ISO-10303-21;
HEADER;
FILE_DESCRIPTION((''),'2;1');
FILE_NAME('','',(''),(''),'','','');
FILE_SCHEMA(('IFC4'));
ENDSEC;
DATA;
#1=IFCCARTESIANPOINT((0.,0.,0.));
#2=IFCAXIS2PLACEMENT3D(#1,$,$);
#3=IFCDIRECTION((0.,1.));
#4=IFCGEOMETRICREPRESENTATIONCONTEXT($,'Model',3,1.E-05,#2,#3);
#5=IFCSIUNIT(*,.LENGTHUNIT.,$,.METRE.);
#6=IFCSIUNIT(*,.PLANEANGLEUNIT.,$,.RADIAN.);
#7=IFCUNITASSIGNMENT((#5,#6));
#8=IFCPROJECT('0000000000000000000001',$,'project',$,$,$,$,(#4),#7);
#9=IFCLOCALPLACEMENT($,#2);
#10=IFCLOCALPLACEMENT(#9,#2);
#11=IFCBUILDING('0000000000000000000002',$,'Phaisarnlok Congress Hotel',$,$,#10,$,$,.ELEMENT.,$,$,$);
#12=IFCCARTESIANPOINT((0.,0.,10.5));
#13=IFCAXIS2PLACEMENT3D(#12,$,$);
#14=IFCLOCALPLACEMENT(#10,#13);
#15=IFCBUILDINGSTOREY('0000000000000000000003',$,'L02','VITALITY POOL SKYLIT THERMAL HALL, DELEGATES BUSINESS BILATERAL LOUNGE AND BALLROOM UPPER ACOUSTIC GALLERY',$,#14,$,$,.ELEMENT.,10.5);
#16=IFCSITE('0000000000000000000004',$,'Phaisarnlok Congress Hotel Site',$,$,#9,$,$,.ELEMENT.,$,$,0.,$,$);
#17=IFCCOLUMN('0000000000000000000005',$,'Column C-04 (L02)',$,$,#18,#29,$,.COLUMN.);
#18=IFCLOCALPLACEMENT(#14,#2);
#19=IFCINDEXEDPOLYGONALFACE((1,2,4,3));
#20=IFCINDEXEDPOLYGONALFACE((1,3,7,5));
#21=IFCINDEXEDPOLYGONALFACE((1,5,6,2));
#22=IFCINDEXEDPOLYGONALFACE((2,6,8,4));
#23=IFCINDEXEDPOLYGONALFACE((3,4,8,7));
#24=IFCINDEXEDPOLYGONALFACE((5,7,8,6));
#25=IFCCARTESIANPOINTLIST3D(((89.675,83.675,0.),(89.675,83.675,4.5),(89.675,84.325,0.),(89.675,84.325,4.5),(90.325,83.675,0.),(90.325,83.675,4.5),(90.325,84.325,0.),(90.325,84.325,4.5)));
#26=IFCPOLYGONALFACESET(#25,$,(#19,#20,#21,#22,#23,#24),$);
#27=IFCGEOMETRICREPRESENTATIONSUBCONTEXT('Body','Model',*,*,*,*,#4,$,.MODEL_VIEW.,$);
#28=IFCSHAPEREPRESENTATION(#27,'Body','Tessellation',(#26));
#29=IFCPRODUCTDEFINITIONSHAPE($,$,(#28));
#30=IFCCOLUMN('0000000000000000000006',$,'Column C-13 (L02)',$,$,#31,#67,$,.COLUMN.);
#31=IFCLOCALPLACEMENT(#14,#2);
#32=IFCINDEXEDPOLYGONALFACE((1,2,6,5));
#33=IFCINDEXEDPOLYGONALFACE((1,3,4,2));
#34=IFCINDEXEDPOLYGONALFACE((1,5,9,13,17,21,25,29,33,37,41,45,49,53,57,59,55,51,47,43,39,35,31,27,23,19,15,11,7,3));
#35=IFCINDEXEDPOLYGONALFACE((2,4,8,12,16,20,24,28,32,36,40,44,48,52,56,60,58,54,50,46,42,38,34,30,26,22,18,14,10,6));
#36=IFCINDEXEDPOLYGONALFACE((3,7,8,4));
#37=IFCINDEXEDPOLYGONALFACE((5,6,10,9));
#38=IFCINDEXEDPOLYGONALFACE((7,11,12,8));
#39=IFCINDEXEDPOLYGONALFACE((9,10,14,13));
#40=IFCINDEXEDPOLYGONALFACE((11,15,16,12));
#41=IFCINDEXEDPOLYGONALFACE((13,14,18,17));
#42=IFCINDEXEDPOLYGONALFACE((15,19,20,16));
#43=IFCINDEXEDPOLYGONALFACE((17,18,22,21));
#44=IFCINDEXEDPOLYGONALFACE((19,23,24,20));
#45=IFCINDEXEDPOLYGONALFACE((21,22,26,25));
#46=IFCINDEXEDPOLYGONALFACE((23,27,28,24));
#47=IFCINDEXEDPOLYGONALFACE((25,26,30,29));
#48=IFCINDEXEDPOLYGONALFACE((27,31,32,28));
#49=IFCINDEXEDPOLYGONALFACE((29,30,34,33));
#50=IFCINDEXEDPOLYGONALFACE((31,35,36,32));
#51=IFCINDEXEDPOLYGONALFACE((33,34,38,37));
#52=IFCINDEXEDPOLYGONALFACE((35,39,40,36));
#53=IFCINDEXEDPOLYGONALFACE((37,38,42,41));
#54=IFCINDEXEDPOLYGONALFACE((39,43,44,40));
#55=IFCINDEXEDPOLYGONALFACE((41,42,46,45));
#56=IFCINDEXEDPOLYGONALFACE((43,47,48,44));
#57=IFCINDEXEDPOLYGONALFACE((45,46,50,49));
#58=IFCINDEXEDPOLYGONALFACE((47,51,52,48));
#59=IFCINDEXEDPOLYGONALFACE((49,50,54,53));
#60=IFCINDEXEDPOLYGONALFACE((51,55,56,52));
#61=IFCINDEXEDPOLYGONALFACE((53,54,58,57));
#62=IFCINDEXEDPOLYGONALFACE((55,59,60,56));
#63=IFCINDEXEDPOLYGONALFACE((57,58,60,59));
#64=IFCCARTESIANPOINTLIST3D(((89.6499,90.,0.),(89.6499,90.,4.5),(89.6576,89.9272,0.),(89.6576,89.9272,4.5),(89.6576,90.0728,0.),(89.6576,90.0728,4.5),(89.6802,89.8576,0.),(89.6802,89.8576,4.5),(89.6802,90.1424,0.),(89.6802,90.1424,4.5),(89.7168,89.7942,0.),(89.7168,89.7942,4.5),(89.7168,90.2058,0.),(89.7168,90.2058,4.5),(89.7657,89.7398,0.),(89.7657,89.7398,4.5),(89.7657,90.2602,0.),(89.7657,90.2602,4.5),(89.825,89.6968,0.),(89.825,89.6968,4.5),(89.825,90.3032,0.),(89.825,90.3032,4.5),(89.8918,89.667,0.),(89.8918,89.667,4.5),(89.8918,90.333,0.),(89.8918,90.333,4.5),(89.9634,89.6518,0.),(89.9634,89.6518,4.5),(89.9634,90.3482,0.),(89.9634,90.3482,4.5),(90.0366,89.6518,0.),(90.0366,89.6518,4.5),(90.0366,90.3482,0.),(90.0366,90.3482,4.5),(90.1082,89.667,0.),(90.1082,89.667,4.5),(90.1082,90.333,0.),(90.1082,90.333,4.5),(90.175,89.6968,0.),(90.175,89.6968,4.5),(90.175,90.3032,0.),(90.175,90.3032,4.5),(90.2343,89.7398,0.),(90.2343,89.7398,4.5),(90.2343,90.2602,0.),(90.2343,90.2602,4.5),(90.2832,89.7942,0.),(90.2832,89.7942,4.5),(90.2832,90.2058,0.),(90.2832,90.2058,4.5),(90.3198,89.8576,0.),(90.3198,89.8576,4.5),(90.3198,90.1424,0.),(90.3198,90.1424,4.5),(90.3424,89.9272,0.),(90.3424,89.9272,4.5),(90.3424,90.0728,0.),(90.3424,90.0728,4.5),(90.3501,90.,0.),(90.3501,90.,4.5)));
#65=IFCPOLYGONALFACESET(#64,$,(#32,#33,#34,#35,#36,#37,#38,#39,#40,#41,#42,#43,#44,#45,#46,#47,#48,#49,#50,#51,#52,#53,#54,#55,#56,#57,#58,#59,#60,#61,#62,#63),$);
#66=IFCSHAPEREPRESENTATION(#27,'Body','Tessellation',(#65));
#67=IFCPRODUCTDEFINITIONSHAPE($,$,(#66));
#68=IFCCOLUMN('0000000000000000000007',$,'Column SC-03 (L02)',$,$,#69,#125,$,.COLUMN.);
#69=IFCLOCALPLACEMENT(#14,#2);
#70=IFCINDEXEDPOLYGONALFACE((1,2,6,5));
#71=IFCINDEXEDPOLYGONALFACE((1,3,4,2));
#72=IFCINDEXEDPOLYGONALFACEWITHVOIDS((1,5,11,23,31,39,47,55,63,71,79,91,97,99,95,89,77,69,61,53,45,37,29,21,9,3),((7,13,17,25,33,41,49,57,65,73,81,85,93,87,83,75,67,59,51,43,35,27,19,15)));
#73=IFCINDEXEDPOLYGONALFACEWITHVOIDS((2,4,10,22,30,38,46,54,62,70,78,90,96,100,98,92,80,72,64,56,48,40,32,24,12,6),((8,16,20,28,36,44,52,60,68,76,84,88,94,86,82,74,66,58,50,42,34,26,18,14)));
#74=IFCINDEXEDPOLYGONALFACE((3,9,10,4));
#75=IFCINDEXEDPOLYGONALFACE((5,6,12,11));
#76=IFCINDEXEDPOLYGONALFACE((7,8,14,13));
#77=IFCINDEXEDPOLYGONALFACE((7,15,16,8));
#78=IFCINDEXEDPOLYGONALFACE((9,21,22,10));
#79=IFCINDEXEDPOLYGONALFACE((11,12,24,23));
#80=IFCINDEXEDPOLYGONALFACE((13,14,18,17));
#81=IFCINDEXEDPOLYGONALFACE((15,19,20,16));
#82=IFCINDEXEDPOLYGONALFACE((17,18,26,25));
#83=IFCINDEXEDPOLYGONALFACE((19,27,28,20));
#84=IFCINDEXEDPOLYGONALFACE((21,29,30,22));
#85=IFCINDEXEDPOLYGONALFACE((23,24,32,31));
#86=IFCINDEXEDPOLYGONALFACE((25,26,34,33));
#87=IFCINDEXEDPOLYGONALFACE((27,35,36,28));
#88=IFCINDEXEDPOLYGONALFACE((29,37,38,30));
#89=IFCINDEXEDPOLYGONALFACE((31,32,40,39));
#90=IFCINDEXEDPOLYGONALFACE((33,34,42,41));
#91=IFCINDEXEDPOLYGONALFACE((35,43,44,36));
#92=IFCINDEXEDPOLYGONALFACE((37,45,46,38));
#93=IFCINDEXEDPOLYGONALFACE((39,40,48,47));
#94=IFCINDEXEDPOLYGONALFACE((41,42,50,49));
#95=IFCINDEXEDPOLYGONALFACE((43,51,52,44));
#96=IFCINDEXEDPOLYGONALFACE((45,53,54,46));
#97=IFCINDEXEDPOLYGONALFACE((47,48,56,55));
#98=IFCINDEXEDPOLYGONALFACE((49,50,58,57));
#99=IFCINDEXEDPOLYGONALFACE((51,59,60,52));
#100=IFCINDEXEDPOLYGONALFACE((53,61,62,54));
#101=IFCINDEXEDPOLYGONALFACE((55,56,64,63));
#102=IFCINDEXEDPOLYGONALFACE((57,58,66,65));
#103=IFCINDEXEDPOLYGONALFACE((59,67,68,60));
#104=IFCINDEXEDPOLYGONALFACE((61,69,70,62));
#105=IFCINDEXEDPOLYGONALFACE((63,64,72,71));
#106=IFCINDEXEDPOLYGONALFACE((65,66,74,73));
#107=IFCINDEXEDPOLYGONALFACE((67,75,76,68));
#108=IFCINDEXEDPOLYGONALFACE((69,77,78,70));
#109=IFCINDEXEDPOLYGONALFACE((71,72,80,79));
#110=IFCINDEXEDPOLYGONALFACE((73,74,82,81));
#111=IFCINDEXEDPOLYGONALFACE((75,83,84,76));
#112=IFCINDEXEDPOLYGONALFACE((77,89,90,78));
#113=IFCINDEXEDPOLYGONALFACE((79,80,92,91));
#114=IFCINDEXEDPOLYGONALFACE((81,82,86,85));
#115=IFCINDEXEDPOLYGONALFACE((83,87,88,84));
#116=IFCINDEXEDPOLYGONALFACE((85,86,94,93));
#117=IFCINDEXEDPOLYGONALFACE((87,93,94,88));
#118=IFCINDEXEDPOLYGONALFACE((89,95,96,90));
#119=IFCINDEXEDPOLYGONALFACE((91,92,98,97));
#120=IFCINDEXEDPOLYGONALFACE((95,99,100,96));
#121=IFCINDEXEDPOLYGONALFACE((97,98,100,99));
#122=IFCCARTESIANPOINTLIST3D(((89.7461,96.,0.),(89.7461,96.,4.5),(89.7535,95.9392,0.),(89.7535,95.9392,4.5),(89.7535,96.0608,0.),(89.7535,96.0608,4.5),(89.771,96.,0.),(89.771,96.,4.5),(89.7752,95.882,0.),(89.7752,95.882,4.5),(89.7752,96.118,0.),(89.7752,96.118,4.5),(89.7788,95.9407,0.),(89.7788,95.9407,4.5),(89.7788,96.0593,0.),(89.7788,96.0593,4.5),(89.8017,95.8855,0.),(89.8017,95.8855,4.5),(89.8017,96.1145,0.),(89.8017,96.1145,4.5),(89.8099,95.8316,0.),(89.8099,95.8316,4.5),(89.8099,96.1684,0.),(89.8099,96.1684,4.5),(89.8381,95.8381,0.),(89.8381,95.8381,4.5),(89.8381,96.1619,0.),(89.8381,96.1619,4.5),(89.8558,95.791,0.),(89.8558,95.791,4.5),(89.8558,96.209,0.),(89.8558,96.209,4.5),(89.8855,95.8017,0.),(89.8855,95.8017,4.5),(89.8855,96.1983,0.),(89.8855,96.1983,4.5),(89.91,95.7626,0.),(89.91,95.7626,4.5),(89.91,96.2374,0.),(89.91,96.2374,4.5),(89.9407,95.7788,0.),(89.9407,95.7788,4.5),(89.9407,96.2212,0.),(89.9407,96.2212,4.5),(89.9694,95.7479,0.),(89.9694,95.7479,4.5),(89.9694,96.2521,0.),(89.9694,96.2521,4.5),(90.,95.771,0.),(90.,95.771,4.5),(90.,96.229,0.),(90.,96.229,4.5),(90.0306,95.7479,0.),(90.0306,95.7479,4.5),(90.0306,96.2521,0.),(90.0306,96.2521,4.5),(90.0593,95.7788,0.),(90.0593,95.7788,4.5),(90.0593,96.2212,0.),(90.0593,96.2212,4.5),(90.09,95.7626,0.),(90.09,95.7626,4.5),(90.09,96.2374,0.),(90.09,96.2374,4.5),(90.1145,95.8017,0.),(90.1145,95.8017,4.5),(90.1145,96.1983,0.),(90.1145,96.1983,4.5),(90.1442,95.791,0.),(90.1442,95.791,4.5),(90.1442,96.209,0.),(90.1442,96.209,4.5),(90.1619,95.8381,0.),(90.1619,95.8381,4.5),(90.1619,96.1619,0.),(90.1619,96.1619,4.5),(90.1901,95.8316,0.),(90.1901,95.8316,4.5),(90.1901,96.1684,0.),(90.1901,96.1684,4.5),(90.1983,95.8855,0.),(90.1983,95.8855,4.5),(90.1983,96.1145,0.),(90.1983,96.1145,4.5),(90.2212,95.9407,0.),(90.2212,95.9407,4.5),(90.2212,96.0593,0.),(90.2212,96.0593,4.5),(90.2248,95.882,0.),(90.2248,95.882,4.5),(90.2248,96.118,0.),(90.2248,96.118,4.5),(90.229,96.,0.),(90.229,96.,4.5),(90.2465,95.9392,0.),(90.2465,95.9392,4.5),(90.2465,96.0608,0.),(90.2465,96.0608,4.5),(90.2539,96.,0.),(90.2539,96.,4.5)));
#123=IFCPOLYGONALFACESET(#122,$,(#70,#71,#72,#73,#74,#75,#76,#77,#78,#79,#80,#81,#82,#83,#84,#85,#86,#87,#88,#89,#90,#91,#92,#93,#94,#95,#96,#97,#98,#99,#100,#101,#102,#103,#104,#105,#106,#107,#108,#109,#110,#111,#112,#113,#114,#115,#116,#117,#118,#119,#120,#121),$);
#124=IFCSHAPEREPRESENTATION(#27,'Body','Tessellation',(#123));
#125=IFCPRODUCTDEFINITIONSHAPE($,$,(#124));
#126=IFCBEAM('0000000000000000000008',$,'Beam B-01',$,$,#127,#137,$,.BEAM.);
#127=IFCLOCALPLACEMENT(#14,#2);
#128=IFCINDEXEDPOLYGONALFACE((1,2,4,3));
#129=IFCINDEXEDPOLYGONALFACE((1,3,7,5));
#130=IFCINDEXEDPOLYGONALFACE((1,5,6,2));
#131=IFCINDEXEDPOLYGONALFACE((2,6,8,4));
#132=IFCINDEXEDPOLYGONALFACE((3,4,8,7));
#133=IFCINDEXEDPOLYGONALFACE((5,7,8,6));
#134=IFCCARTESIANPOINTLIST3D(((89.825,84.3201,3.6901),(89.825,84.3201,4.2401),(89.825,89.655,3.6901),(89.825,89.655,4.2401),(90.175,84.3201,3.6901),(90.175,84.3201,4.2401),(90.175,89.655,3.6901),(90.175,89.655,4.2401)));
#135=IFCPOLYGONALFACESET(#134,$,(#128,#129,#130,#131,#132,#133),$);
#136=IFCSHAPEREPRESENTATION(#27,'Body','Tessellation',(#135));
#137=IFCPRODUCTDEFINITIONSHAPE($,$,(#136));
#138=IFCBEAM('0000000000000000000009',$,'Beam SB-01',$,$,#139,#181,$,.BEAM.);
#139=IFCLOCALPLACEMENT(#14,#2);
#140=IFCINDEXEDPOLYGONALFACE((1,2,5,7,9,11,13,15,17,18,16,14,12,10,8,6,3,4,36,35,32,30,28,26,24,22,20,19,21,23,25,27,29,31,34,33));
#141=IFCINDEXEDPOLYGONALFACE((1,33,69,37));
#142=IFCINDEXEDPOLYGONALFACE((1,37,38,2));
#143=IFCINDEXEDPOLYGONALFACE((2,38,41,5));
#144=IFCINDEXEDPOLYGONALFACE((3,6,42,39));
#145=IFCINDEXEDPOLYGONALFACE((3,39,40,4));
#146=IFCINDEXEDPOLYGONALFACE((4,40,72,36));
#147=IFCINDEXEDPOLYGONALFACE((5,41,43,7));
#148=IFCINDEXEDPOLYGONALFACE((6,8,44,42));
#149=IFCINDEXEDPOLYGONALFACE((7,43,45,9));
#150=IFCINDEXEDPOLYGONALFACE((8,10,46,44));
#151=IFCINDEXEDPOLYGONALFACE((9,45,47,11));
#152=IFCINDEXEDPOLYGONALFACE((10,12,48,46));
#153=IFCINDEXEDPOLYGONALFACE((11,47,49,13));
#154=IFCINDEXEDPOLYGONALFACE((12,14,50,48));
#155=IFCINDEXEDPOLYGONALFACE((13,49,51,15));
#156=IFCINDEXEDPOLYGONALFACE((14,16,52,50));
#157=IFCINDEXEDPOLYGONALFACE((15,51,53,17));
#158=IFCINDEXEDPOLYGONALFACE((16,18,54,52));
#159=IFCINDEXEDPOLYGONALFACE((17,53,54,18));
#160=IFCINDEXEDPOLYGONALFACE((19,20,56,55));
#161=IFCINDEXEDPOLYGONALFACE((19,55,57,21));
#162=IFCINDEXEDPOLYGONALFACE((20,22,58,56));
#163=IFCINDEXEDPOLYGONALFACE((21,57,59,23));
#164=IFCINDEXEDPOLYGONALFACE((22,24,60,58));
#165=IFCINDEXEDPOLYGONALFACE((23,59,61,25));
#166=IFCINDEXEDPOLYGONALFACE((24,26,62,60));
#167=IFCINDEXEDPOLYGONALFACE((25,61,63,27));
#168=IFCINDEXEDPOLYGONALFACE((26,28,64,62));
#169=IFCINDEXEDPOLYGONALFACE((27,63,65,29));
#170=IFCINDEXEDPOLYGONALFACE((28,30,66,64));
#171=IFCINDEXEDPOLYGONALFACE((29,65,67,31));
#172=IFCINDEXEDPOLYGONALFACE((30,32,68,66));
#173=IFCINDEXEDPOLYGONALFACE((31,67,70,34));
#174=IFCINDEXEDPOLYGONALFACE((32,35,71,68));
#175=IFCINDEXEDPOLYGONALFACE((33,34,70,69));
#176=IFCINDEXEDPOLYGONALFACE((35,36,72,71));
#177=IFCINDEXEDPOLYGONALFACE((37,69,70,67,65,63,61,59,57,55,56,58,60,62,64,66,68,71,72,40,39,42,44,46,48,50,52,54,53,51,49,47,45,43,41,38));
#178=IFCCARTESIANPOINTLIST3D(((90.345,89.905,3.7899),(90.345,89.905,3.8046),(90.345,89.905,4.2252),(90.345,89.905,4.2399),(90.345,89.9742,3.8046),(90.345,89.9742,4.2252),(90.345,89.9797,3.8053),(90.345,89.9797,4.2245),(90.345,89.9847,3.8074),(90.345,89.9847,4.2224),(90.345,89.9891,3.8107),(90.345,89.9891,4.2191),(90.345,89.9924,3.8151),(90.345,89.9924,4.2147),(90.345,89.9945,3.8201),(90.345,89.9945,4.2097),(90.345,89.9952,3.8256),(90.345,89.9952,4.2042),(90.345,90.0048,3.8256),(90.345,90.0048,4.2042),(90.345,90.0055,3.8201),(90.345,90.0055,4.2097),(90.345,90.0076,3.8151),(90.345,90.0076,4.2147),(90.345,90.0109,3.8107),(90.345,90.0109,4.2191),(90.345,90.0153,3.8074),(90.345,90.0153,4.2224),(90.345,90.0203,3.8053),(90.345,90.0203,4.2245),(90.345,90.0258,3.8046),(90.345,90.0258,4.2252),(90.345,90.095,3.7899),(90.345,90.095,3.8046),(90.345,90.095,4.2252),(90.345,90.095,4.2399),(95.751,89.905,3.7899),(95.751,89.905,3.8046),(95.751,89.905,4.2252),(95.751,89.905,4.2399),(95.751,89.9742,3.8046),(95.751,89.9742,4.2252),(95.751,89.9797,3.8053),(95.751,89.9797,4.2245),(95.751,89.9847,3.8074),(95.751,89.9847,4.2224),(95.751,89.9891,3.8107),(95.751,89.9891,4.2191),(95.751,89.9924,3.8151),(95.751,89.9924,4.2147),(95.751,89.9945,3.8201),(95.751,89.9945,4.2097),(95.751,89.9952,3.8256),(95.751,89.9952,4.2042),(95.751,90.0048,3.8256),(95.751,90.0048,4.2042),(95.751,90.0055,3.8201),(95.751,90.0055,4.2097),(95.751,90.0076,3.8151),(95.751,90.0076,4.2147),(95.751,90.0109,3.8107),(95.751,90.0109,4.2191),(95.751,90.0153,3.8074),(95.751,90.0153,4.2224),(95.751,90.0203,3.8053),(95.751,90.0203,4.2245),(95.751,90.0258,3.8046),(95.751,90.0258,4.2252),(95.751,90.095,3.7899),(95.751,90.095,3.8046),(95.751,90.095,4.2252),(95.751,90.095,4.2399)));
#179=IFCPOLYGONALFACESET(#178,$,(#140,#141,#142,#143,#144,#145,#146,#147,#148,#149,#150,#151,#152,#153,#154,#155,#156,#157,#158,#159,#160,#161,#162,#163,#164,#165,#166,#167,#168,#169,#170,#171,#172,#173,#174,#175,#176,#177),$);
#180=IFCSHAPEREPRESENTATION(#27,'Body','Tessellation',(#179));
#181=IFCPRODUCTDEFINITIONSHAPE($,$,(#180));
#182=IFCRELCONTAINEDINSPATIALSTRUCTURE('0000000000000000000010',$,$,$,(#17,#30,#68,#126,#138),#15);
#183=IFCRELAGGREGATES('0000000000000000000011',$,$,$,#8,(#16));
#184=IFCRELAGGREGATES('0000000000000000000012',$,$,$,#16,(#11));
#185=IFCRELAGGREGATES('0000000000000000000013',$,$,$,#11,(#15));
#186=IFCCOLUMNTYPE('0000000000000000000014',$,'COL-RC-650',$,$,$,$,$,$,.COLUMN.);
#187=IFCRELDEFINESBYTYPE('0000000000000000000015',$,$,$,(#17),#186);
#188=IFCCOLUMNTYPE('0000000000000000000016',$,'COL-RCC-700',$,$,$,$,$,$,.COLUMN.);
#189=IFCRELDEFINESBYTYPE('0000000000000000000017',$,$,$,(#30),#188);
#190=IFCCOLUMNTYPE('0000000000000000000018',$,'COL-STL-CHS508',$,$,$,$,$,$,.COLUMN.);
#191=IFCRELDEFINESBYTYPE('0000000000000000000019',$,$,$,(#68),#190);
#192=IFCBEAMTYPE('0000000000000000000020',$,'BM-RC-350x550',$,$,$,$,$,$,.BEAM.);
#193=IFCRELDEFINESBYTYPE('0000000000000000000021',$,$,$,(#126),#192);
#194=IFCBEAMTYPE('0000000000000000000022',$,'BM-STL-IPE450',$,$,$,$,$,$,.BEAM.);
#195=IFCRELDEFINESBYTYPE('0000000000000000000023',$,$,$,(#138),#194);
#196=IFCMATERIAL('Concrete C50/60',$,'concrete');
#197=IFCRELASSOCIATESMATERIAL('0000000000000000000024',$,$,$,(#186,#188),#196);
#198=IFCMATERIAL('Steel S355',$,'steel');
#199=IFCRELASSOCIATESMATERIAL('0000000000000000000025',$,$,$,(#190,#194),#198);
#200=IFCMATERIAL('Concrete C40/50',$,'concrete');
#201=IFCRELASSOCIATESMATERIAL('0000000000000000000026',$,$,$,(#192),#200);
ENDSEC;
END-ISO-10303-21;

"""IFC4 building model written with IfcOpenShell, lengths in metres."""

from ifc_helpers import new_model, si_unit, direction, frame, origin, origin_2d, place, context, subcontext, project, spatial, rectangle, circle, hollow_circle, i_section, extrude, material, material_profile, profile_set, type_object, element, save


model = new_model("IFC4")

# Units and contexts
model_context = context("Model", 3, precision=1e-05, world=origin(), true_north=direction((0.0, 1.0)))
body_context = subcontext(model_context, "Body", "Model", "MODEL_VIEW")
ifc_project = project(units=[si_unit("LENGTHUNIT", "METRE"), si_unit("PLANEANGLEUNIT", "RADIAN")], contexts=[model_context])

# Site, building, storey
site_placement = place(None, origin())
site = spatial("IfcSite", under=ifc_project, at=site_placement, Name="Phaisarnlok Congress Hotel Site", CompositionType="ELEMENT", RefElevation=0.0)
building_placement = place(site_placement, origin())
building = spatial("IfcBuilding", under=site, at=building_placement, Name="Phaisarnlok Congress Hotel", CompositionType="ELEMENT")
storey_placement = place(building_placement, frame((0.0, 0.0, 10.5)))
storey = spatial("IfcBuildingStorey", under=building, at=storey_placement, Name="L02", Description="VITALITY POOL SKYLIT THERMAL HALL, DELEGATES BUSINESS BILATERAL LOUNGE AND BALLROOM UPPER ACOUSTIC GALLERY", CompositionType="ELEMENT", Elevation=10.5)

# Columns
ifc_material_1 = material(Name="Concrete C50/60", Category="concrete")
ifc_material_profile_1 = material_profile(ifc_material_1, rectangle(XDim=0.6499, YDim=0.6499, at=origin_2d()), Name="RC 650x650")
ifc_profile_set_1 = profile_set([ifc_material_profile_1], Name="Concrete C50/60")
column_type_1 = type_object("IfcColumnType", Name="COL-RC-650", PredefinedType="COLUMN", material=ifc_profile_set_1)
column_1_placement = place(storey_placement, frame((90.0, 84.0, 0.0), z_axis=(0.0, 0.0, 1.0), x_axis=(1.0, 0.0, 0.0)))
element("IfcColumn", 1, at=column_1_placement, inside=storey, type_object=column_type_1, Name="Column C-04 (L02)", PredefinedType="COLUMN", context=body_context, shape_type="SweptSolid", body=[
    extrude(rectangle(XDim=0.6499, YDim=0.6499, at=origin_2d()), origin(), (0.0, 0.0, 1.0), 4.5),
])
ifc_material_profile_2 = material_profile(ifc_material_1, circle(Radius=0.3501, at=origin_2d()), Name="RCC D700")
ifc_profile_set_2 = profile_set([ifc_material_profile_2], Name="Concrete C50/60")
column_type_2 = type_object("IfcColumnType", Name="COL-RCC-700", PredefinedType="COLUMN", material=ifc_profile_set_2)
column_2_placement = place(storey_placement, frame((90.0, 90.0, 0.0), z_axis=(0.0, 0.0, 1.0), x_axis=(1.0, 0.0, 0.0)))
element("IfcColumn", 2, at=column_2_placement, inside=storey, type_object=column_type_2, Name="Column C-13 (L02)", PredefinedType="COLUMN", context=body_context, shape_type="SweptSolid", body=[
    extrude(circle(Radius=0.3501, at=origin_2d()), origin(), (0.0, 0.0, 1.0), 4.5),
])
ifc_material_2 = material(Name="Steel S355", Category="steel")
ifc_material_profile_3 = material_profile(ifc_material_2, hollow_circle(Radius=0.2539, WallThickness=0.0249, at=origin_2d()), Name="CHS 508x25")
ifc_profile_set_3 = profile_set([ifc_material_profile_3], Name="Steel S355")
column_type_3 = type_object("IfcColumnType", Name="COL-STL-CHS508", PredefinedType="COLUMN", material=ifc_profile_set_3)
column_3_placement = place(storey_placement, frame((90.0, 96.0, 0.0), z_axis=(0.0, 0.0, 1.0), x_axis=(1.0, 0.0, 0.0)))
element("IfcColumn", 3, at=column_3_placement, inside=storey, type_object=column_type_3, Name="Column SC-03 (L02)", PredefinedType="COLUMN", context=body_context, shape_type="SweptSolid", body=[
    extrude(hollow_circle(Radius=0.2539, WallThickness=0.0249, at=origin_2d()), origin(), (0.0, 0.0, 1.0), 4.5),
])

# Beams
ifc_material_3 = material(Name="Concrete C40/50", Category="concrete")
ifc_material_profile_4 = material_profile(ifc_material_3, rectangle(XDim=0.3501, YDim=0.55, at=origin_2d()), Name="RC 350x550")
ifc_profile_set_4 = profile_set([ifc_material_profile_4], Name="Concrete C40/50")
beam_type_1 = type_object("IfcBeamType", Name="BM-RC-350x550", PredefinedType="BEAM", material=ifc_profile_set_4)
beam_1_placement = place(storey_placement, frame((90.0, 84.3201, 3.9651), z_axis=(0.0, 1.0, 0.0), x_axis=(-1.0, 0.0, 0.0)))
element("IfcBeam", 4, at=beam_1_placement, inside=storey, type_object=beam_type_1, Name="Beam B-01", PredefinedType="BEAM", context=body_context, shape_type="SweptSolid", body=[
    extrude(rectangle(XDim=0.3501, YDim=0.55, at=origin_2d()), origin(), (0.0, 0.0, 1.0), 5.335),
])
ifc_material_profile_5 = material_profile(ifc_material_2, i_section(OverallWidth=0.1899, OverallDepth=0.45, WebThickness=0.0095, FlangeThickness=0.0146, FilletRadius=0.021, at=origin_2d()), Name="IPE 450")
ifc_profile_set_5 = profile_set([ifc_material_profile_5], Name="Steel S355")
beam_type_2 = type_object("IfcBeamType", Name="BM-STL-IPE450", PredefinedType="BEAM", material=ifc_profile_set_5)
beam_2_placement = place(storey_placement, frame((90.345, 90.0, 4.0149), z_axis=(1.0, 0.0, 0.0), x_axis=(0.0, 1.0, 0.0)))
element("IfcBeam", 5, at=beam_2_placement, inside=storey, type_object=beam_type_2, Name="Beam SB-01", PredefinedType="BEAM", context=body_context, shape_type="SweptSolid", body=[
    extrude(i_section(OverallWidth=0.1899, OverallDepth=0.45, WebThickness=0.0095, FlangeThickness=0.0146, FilletRadius=0.021, at=origin_2d()), origin(), (0.0, 0.0, 1.0), 5.406),
])

save(model, "model.ifc")
